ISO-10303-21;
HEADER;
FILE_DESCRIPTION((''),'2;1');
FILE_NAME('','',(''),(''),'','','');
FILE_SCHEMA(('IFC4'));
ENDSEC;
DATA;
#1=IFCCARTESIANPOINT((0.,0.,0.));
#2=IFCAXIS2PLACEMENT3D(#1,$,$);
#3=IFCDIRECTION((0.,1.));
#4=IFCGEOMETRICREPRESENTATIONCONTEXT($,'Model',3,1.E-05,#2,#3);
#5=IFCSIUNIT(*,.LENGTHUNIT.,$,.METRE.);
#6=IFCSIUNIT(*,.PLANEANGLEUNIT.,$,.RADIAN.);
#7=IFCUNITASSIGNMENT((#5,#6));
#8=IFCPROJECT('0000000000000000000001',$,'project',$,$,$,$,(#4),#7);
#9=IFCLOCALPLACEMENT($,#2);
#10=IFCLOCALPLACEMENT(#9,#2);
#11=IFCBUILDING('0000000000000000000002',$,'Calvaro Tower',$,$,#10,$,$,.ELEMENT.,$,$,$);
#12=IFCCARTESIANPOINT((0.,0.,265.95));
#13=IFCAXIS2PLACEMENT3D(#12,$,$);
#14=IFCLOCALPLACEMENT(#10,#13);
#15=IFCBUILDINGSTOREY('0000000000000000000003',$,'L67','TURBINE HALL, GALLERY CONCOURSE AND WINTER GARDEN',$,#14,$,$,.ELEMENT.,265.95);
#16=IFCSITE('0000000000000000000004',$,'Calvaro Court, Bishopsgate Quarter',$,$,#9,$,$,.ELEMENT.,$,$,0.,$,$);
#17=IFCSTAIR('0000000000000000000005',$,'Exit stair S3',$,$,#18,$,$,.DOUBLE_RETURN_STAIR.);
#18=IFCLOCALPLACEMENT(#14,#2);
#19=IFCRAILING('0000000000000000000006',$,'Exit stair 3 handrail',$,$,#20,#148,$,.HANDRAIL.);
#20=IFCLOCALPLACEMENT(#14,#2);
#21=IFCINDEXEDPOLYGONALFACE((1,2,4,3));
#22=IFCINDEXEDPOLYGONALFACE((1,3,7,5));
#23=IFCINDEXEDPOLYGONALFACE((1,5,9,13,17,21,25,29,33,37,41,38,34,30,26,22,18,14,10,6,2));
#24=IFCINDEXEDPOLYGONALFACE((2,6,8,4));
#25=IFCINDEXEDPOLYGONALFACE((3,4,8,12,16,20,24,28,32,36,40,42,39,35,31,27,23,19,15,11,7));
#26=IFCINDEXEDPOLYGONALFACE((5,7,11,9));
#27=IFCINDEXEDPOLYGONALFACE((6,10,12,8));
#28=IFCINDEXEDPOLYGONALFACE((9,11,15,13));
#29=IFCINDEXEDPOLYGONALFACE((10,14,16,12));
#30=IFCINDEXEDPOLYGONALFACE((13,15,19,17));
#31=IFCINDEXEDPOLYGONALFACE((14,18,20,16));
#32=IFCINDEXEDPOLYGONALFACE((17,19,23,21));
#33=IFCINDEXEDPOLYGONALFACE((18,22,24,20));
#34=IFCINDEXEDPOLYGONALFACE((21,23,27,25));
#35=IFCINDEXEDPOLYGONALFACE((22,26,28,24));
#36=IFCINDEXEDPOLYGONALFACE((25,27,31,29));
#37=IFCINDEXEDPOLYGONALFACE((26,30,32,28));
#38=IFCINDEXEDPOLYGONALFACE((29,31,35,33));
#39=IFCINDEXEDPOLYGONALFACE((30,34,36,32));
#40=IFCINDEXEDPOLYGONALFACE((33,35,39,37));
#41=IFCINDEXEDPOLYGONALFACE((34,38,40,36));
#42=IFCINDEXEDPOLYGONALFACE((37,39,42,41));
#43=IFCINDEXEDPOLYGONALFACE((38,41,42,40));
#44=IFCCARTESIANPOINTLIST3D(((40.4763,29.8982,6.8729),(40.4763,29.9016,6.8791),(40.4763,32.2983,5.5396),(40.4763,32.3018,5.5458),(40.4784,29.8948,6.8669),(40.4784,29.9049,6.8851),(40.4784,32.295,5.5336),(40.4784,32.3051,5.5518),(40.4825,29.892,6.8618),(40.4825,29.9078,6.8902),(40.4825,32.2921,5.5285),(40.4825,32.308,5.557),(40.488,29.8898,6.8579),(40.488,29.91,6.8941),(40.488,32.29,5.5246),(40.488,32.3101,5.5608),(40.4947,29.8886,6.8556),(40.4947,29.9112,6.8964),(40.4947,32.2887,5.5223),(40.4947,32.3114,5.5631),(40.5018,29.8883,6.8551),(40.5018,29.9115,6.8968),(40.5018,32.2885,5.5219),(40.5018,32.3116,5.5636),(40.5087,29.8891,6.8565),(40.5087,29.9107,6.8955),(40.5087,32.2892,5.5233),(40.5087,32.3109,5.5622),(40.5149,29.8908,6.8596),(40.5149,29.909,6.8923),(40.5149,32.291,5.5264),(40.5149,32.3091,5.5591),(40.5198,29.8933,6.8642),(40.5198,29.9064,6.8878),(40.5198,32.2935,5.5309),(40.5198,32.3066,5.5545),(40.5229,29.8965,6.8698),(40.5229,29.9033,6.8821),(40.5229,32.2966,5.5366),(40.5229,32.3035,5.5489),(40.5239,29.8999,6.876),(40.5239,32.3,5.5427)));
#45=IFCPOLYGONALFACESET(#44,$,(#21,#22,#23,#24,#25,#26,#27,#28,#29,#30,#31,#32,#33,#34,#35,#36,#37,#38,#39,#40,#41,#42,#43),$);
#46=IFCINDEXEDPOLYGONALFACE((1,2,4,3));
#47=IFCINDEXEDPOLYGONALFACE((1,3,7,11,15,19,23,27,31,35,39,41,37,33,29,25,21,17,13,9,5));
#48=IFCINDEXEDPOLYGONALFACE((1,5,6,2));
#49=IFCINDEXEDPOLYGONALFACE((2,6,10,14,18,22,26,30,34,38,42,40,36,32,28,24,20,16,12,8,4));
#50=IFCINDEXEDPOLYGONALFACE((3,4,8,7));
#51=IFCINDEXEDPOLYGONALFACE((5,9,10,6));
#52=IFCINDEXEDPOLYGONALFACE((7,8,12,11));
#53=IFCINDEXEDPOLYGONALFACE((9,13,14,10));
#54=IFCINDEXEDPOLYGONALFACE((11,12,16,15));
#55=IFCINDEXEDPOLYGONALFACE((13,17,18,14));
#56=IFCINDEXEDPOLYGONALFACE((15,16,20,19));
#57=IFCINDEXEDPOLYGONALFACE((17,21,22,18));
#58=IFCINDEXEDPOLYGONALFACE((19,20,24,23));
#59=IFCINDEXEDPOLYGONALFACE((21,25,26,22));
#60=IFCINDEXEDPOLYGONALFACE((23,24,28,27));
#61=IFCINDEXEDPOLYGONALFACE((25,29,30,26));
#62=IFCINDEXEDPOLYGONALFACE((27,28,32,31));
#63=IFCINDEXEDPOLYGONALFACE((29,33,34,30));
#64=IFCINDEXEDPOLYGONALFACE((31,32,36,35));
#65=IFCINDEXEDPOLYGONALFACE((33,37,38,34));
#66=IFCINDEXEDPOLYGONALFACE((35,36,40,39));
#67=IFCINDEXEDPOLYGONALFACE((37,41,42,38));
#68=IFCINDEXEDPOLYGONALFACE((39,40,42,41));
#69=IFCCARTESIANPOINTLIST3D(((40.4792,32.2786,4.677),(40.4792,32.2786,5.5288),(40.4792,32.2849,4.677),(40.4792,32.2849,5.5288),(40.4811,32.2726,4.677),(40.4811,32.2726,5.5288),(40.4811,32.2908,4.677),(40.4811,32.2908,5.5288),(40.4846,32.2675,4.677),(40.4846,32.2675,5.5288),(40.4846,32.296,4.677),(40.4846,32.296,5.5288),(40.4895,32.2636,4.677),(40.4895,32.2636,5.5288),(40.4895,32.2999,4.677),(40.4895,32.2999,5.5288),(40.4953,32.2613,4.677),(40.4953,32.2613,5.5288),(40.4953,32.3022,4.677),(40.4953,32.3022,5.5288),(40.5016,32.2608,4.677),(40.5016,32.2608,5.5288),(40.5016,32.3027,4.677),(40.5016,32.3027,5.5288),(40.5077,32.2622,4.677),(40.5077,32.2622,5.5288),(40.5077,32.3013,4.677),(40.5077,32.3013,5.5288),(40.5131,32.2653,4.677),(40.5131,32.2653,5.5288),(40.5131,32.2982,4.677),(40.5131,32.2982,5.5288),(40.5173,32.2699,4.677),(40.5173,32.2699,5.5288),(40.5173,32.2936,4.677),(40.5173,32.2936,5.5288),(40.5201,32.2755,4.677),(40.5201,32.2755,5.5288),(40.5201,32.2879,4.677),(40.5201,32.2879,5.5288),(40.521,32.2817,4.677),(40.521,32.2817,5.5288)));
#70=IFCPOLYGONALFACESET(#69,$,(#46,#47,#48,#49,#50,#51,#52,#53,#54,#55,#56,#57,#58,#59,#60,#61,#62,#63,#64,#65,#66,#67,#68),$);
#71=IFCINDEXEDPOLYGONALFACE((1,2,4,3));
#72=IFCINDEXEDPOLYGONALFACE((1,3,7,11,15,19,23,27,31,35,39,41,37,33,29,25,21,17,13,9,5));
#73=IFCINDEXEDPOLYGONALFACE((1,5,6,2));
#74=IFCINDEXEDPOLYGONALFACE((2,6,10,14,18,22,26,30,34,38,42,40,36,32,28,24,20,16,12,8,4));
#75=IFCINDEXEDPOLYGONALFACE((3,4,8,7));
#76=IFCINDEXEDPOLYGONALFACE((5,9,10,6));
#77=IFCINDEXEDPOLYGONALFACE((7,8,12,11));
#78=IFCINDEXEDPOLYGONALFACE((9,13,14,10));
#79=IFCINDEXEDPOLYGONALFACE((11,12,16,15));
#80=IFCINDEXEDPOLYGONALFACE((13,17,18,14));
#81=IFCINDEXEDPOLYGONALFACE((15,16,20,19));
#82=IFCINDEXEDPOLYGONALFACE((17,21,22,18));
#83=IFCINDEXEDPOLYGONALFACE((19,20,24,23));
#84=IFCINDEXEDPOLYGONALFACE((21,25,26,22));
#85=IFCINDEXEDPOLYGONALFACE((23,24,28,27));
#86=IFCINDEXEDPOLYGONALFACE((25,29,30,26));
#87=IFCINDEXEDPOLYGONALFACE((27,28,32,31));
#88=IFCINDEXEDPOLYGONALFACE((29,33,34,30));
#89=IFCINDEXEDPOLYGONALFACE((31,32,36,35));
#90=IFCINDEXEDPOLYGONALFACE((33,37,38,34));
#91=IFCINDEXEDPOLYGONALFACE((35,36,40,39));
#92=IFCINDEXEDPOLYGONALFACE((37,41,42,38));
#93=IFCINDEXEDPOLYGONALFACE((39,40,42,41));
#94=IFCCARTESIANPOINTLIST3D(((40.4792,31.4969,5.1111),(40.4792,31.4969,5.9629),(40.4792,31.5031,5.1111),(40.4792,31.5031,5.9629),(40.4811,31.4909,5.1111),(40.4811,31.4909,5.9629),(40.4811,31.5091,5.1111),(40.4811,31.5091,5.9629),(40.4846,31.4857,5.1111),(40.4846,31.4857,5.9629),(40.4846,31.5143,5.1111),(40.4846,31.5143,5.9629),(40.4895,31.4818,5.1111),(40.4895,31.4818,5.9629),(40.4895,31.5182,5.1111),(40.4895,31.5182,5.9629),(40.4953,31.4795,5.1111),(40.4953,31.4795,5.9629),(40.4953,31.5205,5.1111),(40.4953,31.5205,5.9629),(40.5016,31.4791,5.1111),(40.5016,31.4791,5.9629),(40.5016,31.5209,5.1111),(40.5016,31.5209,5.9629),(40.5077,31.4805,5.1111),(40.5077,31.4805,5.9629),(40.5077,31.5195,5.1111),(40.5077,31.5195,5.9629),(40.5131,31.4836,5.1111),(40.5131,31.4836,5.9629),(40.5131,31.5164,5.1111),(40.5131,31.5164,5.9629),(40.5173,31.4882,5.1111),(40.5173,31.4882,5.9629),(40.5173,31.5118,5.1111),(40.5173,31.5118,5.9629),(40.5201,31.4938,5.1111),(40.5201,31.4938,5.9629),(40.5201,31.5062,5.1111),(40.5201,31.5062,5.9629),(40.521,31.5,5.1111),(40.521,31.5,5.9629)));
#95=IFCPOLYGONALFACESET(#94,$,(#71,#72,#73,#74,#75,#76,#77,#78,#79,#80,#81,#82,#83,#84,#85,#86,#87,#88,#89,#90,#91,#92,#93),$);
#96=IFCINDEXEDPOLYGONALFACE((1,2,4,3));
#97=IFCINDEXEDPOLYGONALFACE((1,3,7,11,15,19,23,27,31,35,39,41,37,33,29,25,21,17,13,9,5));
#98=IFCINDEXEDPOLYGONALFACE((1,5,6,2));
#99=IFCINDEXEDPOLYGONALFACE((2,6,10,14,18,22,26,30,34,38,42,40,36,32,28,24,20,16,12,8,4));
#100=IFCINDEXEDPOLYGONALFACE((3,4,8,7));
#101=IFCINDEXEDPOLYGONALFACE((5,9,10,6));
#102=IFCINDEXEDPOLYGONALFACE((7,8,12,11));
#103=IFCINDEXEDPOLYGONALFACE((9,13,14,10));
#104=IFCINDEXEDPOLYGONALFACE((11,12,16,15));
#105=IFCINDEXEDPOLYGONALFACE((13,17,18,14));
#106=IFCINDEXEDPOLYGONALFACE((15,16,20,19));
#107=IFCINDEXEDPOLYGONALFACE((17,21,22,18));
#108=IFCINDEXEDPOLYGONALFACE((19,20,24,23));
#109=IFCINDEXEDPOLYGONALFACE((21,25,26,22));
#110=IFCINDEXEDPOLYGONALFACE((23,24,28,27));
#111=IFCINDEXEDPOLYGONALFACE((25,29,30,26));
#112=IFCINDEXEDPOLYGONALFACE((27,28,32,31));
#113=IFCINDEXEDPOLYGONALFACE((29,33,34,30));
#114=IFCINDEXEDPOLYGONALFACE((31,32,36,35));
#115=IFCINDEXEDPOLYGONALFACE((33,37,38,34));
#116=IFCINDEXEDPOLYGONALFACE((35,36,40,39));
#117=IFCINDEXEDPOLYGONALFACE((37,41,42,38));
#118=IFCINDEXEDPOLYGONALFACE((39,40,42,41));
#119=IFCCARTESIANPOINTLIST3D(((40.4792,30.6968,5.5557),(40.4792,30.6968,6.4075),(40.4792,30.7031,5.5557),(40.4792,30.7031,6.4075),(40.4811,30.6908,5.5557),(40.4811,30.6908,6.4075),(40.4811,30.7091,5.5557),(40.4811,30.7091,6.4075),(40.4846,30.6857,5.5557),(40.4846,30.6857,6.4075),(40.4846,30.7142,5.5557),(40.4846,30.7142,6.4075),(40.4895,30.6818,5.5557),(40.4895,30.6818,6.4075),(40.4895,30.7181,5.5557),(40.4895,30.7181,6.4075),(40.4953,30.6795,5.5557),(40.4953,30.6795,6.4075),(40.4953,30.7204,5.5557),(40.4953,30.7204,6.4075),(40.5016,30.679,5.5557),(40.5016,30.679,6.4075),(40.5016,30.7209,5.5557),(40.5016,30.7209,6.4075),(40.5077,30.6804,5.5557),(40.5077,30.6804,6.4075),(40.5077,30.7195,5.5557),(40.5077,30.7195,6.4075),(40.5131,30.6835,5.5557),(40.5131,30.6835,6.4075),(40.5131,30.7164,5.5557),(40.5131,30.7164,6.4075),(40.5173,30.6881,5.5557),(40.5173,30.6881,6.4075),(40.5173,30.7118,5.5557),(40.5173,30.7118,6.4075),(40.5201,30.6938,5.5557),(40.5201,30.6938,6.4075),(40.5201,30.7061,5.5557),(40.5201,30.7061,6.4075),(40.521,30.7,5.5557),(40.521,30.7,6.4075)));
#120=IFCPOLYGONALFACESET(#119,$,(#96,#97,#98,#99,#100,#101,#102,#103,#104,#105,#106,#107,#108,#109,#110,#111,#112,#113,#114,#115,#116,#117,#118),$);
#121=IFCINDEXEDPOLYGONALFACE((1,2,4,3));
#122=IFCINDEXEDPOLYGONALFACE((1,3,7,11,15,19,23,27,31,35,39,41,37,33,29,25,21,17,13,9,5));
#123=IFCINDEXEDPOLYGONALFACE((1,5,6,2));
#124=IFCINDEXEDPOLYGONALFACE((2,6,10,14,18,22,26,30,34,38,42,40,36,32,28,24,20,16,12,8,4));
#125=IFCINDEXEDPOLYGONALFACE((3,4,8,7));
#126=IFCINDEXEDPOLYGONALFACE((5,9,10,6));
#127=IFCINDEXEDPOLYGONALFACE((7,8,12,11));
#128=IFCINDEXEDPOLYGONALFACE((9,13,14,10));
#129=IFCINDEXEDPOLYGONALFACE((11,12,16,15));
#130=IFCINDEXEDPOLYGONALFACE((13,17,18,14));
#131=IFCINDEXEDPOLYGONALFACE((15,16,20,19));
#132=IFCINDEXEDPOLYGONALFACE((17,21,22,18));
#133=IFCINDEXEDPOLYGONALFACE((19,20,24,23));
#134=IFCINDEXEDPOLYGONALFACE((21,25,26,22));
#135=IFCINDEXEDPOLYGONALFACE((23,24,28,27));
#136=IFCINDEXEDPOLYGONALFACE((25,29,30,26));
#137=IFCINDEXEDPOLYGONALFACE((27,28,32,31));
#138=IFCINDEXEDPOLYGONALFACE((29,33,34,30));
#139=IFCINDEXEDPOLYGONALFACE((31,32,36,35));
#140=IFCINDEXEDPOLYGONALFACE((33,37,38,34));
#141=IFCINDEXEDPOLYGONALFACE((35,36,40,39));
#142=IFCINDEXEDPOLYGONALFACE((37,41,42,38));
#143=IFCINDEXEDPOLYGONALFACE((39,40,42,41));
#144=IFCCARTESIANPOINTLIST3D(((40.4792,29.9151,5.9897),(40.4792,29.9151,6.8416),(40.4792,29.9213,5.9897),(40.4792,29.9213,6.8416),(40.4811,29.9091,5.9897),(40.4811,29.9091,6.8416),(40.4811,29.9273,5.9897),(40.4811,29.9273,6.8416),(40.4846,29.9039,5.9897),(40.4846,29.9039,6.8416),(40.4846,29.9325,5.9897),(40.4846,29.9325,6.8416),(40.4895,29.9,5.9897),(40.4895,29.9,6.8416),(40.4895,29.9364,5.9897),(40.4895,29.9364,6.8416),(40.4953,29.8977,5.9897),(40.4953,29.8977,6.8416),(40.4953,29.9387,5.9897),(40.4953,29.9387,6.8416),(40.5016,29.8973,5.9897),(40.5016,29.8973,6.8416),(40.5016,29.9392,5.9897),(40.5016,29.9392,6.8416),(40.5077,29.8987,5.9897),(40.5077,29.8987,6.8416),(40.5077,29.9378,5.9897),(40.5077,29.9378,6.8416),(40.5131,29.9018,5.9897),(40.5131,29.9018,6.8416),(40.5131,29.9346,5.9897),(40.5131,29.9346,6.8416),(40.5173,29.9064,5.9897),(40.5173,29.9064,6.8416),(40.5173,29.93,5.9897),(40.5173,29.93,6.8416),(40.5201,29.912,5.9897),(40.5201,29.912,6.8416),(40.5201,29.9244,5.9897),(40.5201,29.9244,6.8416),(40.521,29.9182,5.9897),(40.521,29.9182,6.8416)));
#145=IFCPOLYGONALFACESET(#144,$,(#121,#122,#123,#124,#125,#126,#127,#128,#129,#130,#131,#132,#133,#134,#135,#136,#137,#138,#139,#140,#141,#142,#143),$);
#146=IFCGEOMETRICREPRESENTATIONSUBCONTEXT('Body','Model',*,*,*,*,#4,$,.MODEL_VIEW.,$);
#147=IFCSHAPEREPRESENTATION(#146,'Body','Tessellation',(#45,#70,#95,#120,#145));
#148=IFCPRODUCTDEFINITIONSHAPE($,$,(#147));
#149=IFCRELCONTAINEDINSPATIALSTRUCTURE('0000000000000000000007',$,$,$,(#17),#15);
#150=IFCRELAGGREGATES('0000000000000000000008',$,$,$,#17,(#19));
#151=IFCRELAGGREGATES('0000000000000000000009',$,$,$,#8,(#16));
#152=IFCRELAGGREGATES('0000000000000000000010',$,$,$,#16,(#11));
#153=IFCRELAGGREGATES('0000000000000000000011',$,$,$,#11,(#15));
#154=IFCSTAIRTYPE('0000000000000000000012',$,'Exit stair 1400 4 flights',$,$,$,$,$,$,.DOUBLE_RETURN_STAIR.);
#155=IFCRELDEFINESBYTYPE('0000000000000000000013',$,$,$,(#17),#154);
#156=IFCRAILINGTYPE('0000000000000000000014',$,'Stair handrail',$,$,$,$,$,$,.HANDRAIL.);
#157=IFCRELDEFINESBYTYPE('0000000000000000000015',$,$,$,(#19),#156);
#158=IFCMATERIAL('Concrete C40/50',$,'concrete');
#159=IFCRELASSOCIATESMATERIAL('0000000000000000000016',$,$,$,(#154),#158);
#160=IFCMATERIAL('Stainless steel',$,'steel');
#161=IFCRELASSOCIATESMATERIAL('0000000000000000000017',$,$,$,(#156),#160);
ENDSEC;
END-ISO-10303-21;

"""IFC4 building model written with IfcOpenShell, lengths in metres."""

from ifc_helpers import new_model, si_unit, direction, frame, origin, origin_2d, place, context, subcontext, project, spatial, circle, extrude, material, type_object, element, aggregate, save


model = new_model("IFC4")

# Units and contexts
model_context = context("Model", 3, precision=1e-05, world=origin(), true_north=direction((0.0, 1.0)))
body_context = subcontext(model_context, "Body", "Model", "MODEL_VIEW")
ifc_project = project(units=[si_unit("LENGTHUNIT", "METRE"), si_unit("PLANEANGLEUNIT", "RADIAN")], contexts=[model_context])

# Site, building, storey
site_placement = place(None, origin())
site = spatial("IfcSite", under=ifc_project, at=site_placement, Name="Calvaro Court, Bishopsgate Quarter", CompositionType="ELEMENT", RefElevation=0.0)
building_placement = place(site_placement, origin())
building = spatial("IfcBuilding", under=site, at=building_placement, Name="Calvaro Tower", CompositionType="ELEMENT")
storey_placement = place(building_placement, frame((0.0, 0.0, 265.95)))
storey = spatial("IfcBuildingStorey", under=building, at=storey_placement, Name="L67", Description="TURBINE HALL, GALLERY CONCOURSE AND WINTER GARDEN", CompositionType="ELEMENT", Elevation=265.95)

# Stair, railing
ifc_material_1 = material(Name="Concrete C40/50", Category="concrete")
stair_type = type_object("IfcStairType", Name="Exit stair 1400 4 flights", PredefinedType="DOUBLE_RETURN_STAIR", material=ifc_material_1)
stair_placement = place(storey_placement, origin())
stair = element("IfcStair", 1, at=stair_placement, inside=storey, type_object=stair_type, Name="Exit stair S3", PredefinedType="DOUBLE_RETURN_STAIR")
ifc_material_2 = material(Name="Stainless steel", Category="steel")
railing_type = type_object("IfcRailingType", Name="Stair handrail", PredefinedType="HANDRAIL", material=ifc_material_2)
railing_1_placement = place(storey_placement, frame((40.5, 32.3, 4.6667)))
railing_1 = element("IfcRailing", 2, at=railing_1_placement, type_object=railing_type, Name="Exit stair 3 handrail", PredefinedType="HANDRAIL", context=body_context, shape_type="SweptSolid", body=[
    extrude(circle(Radius=0.0239, at=origin_2d()), frame((0.0, 0.0, 0.876), z_axis=(0.0, -0.874182, 0.485598), x_axis=(1.0, 0.0, 0.0)), (0.0, 0.0, 1.0), 2.7456),
    extrude(circle(Radius=0.021, at=origin_2d()), frame((0.0, -0.0183, 0.0103)), (0.0, 0.0, 1.0), 0.8518),
    extrude(circle(Radius=0.021, at=origin_2d()), frame((0.0, -0.8, 0.4443)), (0.0, 0.0, 1.0), 0.8518),
    extrude(circle(Radius=0.021, at=origin_2d()), frame((0.0, -1.6001, 0.8889)), (0.0, 0.0, 1.0), 0.8518),
    extrude(circle(Radius=0.021, at=origin_2d()), frame((0.0, -2.3818, 1.323)), (0.0, 0.0, 1.0), 0.8518),
])
aggregate(stair, [railing_1])

save(model, "model.ifc")
